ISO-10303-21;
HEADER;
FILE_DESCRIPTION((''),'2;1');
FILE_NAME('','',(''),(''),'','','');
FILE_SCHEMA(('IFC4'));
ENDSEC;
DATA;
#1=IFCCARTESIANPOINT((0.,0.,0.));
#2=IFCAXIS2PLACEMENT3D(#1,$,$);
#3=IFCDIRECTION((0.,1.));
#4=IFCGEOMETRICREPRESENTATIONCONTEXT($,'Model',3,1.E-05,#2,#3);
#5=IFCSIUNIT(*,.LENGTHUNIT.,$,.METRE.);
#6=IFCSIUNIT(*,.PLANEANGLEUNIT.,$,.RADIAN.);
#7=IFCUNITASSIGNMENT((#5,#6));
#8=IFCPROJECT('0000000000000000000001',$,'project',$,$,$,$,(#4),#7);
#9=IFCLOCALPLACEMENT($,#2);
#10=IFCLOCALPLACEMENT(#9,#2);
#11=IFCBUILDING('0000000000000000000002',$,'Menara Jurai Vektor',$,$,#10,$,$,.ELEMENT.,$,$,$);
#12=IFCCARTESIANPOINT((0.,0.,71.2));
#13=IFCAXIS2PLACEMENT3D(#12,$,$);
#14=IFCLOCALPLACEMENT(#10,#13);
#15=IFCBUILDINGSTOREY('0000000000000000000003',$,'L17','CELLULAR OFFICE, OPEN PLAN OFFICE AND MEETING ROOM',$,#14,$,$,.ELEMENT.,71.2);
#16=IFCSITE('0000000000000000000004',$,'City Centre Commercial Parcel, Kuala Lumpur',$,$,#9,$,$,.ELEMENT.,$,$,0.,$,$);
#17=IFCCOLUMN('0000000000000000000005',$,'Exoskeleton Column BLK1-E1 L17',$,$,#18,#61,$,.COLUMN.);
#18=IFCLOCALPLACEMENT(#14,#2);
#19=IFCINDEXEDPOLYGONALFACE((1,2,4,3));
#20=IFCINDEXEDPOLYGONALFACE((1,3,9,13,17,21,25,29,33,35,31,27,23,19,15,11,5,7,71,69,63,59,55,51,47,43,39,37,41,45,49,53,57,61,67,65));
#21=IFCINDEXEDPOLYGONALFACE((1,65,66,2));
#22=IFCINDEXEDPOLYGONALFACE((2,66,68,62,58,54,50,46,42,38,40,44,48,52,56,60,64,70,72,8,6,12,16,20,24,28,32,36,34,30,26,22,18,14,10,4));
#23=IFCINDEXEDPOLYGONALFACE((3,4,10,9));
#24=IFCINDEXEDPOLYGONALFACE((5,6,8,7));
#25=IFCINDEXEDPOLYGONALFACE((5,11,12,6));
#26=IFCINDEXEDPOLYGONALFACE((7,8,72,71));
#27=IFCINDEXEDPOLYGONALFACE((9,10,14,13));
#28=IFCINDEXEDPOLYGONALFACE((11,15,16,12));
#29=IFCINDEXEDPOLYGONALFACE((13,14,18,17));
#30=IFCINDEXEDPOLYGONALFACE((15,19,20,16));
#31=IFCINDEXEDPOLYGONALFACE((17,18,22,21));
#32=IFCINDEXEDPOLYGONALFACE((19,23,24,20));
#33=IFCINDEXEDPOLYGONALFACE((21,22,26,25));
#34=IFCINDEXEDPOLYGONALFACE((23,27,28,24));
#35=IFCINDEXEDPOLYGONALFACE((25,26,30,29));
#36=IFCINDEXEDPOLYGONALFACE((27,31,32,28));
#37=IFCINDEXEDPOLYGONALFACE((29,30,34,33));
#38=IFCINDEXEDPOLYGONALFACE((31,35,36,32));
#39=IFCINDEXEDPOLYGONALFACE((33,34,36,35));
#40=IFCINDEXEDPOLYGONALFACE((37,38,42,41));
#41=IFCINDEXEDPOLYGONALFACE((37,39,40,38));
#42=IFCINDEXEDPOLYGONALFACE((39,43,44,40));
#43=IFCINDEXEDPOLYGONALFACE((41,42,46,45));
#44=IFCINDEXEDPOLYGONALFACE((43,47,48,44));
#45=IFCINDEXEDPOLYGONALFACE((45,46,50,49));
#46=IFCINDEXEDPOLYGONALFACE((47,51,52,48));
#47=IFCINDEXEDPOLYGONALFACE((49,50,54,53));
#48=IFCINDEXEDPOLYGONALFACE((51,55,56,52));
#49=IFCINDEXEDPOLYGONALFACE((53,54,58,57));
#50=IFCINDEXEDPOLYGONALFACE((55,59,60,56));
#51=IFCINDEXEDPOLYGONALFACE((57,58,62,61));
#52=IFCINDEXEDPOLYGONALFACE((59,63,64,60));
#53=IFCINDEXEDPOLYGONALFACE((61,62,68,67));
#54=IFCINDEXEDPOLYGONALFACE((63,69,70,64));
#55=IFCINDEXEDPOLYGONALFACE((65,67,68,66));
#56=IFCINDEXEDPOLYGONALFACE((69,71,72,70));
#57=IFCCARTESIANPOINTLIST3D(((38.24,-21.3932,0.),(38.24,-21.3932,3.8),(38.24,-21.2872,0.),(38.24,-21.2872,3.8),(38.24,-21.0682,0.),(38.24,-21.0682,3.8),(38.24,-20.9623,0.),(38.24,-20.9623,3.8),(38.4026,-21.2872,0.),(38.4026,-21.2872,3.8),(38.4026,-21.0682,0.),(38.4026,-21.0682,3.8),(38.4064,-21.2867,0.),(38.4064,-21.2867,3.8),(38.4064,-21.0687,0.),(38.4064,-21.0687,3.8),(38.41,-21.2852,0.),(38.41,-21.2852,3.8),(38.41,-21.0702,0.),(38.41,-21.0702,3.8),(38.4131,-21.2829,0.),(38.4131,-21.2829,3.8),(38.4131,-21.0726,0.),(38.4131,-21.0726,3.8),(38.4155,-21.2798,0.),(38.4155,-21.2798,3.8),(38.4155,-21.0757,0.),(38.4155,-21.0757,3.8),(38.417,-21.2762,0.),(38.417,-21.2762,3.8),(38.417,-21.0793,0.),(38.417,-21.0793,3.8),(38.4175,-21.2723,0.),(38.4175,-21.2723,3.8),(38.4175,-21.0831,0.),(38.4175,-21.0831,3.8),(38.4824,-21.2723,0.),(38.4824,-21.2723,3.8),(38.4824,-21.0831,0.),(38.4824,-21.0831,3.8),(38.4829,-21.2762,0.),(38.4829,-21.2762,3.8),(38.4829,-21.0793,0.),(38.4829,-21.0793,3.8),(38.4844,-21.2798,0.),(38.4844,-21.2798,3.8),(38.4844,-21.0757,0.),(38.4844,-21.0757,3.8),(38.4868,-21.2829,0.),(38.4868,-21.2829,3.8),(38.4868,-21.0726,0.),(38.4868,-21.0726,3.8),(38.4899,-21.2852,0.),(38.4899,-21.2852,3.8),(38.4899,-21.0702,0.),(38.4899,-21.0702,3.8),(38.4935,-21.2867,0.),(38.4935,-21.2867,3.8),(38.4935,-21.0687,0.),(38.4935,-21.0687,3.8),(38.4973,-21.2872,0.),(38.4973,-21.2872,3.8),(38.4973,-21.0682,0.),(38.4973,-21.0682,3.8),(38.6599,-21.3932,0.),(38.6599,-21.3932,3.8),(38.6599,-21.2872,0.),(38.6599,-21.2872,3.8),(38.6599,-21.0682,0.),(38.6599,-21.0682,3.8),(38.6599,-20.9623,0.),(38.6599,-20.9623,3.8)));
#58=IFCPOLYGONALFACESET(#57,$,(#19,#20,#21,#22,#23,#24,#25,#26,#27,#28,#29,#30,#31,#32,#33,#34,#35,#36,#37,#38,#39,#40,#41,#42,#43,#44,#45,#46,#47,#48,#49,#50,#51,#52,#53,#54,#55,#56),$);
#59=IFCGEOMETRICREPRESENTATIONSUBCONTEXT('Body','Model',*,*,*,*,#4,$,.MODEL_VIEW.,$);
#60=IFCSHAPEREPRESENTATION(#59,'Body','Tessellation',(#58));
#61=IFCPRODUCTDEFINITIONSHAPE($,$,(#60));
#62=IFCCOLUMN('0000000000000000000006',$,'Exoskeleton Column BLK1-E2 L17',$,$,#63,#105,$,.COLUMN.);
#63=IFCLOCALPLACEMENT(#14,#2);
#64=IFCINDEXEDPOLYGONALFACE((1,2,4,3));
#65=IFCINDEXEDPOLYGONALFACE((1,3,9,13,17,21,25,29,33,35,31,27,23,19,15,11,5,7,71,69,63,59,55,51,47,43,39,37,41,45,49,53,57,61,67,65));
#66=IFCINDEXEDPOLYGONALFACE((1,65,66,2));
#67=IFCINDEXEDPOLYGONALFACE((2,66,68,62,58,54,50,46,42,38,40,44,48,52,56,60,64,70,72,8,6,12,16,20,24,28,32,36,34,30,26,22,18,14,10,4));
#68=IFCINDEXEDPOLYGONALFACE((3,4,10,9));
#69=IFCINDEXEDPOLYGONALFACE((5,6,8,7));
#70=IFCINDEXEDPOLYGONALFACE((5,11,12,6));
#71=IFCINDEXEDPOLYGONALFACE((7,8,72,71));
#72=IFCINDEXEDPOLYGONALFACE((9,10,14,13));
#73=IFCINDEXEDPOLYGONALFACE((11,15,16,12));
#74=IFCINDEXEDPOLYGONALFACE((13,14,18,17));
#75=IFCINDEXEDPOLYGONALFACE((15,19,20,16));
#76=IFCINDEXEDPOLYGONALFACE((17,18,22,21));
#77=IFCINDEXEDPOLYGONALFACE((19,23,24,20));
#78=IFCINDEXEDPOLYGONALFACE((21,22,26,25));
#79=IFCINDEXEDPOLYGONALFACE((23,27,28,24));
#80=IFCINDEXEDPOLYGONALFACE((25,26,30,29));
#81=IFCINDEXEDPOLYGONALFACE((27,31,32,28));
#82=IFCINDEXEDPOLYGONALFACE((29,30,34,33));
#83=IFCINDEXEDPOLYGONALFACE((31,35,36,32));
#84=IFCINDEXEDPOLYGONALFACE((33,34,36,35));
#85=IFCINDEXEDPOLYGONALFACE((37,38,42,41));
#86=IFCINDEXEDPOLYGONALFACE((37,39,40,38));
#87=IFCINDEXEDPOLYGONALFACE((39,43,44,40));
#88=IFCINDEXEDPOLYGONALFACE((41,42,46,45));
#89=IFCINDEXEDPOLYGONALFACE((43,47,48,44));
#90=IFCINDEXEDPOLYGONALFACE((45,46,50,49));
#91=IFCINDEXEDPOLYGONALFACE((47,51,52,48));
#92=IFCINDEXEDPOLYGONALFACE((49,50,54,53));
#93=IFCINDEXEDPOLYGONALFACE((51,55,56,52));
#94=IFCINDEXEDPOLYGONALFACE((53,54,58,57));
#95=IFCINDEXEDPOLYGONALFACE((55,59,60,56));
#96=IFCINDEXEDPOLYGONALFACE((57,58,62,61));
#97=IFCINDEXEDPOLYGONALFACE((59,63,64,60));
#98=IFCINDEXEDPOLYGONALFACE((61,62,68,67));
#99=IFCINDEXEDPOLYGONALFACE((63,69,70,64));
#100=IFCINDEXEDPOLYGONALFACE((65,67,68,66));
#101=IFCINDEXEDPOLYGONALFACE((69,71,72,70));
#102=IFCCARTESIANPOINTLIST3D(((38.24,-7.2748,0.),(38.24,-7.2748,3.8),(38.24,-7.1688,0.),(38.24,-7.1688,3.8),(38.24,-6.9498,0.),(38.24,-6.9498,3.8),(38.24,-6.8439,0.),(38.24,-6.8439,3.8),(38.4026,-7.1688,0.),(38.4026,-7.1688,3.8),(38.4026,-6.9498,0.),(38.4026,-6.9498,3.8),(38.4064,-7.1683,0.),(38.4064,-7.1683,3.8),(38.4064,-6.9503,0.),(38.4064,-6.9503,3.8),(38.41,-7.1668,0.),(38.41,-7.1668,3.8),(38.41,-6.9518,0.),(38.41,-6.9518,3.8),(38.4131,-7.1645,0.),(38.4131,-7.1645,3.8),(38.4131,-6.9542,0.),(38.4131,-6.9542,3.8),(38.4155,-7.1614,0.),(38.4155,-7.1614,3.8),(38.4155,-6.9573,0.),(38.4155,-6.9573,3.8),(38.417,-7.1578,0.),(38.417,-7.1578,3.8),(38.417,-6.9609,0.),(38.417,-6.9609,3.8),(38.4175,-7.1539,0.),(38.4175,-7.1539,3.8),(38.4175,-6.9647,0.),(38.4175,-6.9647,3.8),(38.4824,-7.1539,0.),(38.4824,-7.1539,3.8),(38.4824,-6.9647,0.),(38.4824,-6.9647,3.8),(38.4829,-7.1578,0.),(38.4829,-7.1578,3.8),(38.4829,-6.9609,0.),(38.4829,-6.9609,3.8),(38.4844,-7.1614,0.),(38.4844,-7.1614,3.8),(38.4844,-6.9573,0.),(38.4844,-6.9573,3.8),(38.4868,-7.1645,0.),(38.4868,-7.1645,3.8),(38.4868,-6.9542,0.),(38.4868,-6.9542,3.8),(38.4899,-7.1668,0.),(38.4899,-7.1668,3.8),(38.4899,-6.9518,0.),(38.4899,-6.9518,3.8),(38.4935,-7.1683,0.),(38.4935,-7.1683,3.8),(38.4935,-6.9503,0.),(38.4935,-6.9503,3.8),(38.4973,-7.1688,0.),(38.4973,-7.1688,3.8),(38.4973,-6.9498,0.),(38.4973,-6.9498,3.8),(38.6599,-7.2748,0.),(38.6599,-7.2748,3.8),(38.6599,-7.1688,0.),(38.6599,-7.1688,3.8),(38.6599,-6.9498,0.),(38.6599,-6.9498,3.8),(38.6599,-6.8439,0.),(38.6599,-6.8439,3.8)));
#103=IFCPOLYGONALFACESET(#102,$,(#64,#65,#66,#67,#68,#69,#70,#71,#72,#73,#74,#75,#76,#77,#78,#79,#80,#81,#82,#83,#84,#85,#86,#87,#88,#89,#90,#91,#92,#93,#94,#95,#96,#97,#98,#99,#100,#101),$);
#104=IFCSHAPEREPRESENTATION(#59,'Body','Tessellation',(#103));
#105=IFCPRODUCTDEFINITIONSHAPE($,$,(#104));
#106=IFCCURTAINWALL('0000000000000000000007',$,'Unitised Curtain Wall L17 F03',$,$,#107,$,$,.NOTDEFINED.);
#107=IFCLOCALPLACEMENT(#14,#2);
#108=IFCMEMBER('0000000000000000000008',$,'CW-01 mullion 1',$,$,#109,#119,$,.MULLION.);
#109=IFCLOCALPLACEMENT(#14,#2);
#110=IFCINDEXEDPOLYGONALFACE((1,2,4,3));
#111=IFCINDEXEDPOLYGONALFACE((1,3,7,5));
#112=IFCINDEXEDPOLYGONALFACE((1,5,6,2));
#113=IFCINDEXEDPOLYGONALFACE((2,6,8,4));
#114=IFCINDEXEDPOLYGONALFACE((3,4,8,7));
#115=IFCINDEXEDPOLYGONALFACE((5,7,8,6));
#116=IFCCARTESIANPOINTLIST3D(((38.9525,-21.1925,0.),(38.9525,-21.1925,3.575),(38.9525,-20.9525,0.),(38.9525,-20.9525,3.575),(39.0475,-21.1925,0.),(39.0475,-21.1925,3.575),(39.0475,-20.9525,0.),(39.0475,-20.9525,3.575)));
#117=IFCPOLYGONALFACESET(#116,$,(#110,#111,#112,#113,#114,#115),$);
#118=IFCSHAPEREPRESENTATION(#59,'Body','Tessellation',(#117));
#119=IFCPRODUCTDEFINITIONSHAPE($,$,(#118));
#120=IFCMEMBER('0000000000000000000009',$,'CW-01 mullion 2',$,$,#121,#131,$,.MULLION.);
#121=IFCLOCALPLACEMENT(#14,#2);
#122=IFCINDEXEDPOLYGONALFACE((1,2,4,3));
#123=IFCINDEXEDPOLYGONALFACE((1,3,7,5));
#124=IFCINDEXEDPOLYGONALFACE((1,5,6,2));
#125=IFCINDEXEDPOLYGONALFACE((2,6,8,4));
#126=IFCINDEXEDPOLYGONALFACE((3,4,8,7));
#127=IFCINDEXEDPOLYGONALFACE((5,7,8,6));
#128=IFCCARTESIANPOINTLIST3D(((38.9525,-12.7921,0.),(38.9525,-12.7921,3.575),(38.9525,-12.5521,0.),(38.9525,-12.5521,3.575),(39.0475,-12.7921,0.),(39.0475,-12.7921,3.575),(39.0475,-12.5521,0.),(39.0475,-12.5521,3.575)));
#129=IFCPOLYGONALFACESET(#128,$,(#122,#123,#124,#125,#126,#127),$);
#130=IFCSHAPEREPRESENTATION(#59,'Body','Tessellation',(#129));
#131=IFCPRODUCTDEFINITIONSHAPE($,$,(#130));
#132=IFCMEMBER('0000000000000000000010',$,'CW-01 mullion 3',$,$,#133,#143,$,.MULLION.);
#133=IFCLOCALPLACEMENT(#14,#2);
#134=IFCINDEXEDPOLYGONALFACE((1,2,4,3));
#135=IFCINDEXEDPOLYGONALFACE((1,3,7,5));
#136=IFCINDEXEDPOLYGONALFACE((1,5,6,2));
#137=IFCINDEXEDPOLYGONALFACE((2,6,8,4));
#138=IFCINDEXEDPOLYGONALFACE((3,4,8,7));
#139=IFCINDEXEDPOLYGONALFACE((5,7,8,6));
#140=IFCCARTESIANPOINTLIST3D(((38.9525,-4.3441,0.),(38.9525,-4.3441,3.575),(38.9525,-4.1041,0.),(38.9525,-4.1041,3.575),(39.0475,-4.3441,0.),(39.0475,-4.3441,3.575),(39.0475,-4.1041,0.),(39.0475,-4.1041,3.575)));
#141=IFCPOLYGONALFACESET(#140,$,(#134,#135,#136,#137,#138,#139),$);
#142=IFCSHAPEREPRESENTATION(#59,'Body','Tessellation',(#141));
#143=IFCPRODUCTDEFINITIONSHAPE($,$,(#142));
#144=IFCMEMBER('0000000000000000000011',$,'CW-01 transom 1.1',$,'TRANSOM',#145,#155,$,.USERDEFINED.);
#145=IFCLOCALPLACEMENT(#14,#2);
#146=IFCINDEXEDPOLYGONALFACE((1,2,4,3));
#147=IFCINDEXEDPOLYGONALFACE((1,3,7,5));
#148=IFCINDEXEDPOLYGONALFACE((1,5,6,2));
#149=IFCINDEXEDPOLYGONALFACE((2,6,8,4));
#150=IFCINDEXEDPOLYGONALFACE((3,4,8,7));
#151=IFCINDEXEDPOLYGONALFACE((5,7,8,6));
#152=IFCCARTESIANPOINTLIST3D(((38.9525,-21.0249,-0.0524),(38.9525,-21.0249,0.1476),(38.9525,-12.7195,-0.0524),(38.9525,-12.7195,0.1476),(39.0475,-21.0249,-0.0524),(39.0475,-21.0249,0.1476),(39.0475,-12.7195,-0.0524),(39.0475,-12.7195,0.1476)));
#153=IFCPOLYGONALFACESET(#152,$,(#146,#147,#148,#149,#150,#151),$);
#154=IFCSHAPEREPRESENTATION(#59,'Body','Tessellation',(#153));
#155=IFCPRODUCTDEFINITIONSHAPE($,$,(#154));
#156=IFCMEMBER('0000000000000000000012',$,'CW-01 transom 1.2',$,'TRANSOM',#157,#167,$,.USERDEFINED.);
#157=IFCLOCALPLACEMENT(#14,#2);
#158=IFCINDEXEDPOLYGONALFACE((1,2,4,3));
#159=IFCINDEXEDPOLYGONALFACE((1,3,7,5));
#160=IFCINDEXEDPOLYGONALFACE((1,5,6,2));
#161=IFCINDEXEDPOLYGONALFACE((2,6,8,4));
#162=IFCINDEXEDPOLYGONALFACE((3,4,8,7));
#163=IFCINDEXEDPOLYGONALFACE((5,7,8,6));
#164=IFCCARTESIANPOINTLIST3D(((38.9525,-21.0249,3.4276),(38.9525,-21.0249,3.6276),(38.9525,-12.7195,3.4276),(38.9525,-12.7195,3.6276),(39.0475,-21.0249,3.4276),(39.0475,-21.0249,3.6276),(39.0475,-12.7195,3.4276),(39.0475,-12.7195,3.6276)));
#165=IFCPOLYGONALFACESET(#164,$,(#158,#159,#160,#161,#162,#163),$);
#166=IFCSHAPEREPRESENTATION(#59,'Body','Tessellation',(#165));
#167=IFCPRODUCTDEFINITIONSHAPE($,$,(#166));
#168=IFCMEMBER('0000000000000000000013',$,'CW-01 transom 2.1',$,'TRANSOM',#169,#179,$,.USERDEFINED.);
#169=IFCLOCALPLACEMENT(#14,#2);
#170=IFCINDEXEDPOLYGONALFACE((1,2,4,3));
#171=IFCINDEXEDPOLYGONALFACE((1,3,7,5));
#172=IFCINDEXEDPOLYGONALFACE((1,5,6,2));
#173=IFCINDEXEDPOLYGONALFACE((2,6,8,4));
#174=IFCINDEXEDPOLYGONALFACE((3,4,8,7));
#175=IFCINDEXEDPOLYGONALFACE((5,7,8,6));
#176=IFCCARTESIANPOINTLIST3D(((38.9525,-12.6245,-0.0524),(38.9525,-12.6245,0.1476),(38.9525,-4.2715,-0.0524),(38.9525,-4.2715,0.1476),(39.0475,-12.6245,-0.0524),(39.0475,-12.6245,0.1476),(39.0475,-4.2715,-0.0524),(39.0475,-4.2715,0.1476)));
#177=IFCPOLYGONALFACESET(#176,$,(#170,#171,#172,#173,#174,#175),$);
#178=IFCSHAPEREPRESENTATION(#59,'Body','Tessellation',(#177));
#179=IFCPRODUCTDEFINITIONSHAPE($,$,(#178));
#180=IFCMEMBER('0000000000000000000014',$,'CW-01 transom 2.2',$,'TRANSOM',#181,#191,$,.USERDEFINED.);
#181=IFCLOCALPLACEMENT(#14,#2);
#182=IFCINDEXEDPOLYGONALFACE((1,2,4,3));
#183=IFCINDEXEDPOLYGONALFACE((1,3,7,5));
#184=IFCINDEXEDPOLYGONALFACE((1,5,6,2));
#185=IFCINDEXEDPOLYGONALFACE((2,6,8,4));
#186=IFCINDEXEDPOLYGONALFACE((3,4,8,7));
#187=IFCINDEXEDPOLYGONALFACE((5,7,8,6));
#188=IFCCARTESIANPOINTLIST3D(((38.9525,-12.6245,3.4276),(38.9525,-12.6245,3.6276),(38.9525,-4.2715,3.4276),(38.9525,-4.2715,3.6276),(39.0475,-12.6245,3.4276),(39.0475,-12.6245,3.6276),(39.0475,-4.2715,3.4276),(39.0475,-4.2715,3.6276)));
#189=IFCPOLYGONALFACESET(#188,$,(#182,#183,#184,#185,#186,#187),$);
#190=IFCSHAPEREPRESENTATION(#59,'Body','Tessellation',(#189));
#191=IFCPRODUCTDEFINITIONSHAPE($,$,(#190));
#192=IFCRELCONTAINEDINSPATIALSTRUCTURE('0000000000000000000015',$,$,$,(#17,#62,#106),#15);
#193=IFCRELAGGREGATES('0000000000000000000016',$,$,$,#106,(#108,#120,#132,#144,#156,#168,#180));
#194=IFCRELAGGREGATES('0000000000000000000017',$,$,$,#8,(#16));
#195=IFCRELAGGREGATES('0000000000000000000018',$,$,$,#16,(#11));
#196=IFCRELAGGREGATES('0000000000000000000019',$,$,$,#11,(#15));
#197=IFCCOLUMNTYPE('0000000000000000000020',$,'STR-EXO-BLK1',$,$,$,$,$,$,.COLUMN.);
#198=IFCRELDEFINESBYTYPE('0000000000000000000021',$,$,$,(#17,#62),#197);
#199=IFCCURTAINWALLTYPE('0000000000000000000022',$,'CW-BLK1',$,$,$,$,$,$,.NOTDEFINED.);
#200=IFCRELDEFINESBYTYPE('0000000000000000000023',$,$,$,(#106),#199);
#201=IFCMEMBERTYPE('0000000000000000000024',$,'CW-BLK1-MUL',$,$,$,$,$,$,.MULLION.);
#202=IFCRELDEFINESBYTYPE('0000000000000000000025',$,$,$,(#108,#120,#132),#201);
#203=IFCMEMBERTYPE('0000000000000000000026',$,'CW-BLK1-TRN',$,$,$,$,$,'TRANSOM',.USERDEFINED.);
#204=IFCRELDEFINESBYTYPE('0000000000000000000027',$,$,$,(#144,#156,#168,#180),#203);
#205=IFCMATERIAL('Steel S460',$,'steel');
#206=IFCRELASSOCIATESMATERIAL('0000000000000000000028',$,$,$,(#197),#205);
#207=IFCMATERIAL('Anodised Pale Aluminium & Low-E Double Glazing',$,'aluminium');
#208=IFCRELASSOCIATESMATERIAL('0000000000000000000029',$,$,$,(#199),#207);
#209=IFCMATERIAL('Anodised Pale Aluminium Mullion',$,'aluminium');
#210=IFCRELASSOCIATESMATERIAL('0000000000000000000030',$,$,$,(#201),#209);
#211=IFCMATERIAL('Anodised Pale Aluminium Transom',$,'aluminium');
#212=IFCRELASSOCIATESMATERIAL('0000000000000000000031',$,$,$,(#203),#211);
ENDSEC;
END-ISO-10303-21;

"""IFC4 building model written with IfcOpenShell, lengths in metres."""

from ifc_helpers import new_model, si_unit, direction, frame, origin, origin_2d, place, context, subcontext, project, spatial, rectangle, i_section, extrude, material, material_profile, profile_set, type_object, element, aggregate, save


model = new_model("IFC4")

# Units and contexts
model_context = context("Model", 3, precision=1e-05, world=origin(), true_north=direction((0.0, 1.0)))
body_context = subcontext(model_context, "Body", "Model", "MODEL_VIEW")
ifc_project = project(units=[si_unit("LENGTHUNIT", "METRE"), si_unit("PLANEANGLEUNIT", "RADIAN")], contexts=[model_context])

# Site, building, storey
site_placement = place(None, origin())
site = spatial("IfcSite", under=ifc_project, at=site_placement, Name="City Centre Commercial Parcel, Kuala Lumpur", CompositionType="ELEMENT", RefElevation=0.0)
building_placement = place(site_placement, origin())
building = spatial("IfcBuilding", under=site, at=building_placement, Name="Menara Jurai Vektor", CompositionType="ELEMENT")
storey_placement = place(building_placement, frame((0.0, 0.0, 71.2)))
storey = spatial("IfcBuildingStorey", under=building, at=storey_placement, Name="L17", Description="CELLULAR OFFICE, OPEN PLAN OFFICE AND MEETING ROOM", CompositionType="ELEMENT", Elevation=71.2)

# Columns
ifc_material_1 = material(Name="Steel S460", Category="steel")
ifc_material_profile_1 = material_profile(ifc_material_1, i_section(OverallWidth=0.4199, OverallDepth=0.4309, WebThickness=0.0649, FlangeThickness=0.106, FilletRadius=0.0149, at=origin_2d()), Name="HD 400x900")
ifc_profile_set_1 = profile_set([ifc_material_profile_1], Name="Steel S460")
column_type = type_object("IfcColumnType", Name="STR-EXO-BLK1", PredefinedType="COLUMN", material=ifc_profile_set_1)
for number, where, z_axis, x_axis, name in (
    (1, (38.45, -21.1777, 0.0), (0.0, 0.0, 1.0), (1.0, 0.0, 0.0), "Exoskeleton Column BLK1-E1 L17"),
    (2, (38.45, -7.0593, 0.0), (0.0, 0.0, 1.0), (1.0, 0.0, 0.0), "Exoskeleton Column BLK1-E2 L17"),
):
    element("IfcColumn", number, at=place(storey_placement, frame(where, z_axis=z_axis, x_axis=x_axis)), inside=storey, type_object=column_type, Name=name, PredefinedType="COLUMN", context=body_context, shape_type="SweptSolid", body=[
        extrude(i_section(OverallWidth=0.4199, OverallDepth=0.4309, WebThickness=0.0649, FlangeThickness=0.106, FilletRadius=0.0149, at=origin_2d()), origin(), (0.0, 0.0, 1.0), 3.8),
    ])

# Curtain wall, members
ifc_material_2 = material(Name="Anodised Pale Aluminium & Low-E Double Glazing", Category="aluminium")
curtain_wall_type = type_object("IfcCurtainWallType", Name="CW-BLK1", PredefinedType="NOTDEFINED", material=ifc_material_2)
curtain_wall_placement = place(storey_placement, origin())
curtain_wall = element("IfcCurtainWall", 3, at=curtain_wall_placement, inside=storey, type_object=curtain_wall_type, Name="Unitised Curtain Wall L17 F03", PredefinedType="NOTDEFINED")
ifc_material_3 = material(Name="Anodised Pale Aluminium Mullion", Category="aluminium")
ifc_material_profile_2 = material_profile(ifc_material_3, rectangle(XDim=0.095, YDim=0.24, at=origin_2d()), Name="ALU MUL 95x240")
ifc_profile_set_2 = profile_set([ifc_material_profile_2], Name="Anodised Pale Aluminium Mullion")
member_type_1 = type_object("IfcMemberType", Name="CW-BLK1-MUL", PredefinedType="MULLION", material=ifc_profile_set_2)
member_1_placement = place(storey_placement, frame((39.0, -21.0725, 0.0), z_axis=(0.0, 0.0, 1.0), x_axis=(-1.0, 0.0, 0.0)))
member_1 = element("IfcMember", 4, at=member_1_placement, type_object=member_type_1, Name="CW-01 mullion 1", PredefinedType="MULLION", context=body_context, shape_type="SweptSolid", body=[
    extrude(rectangle(XDim=0.095, YDim=0.24, at=origin_2d()), origin(), (0.0, 0.0, 1.0), 3.575),
])
member_2_placement = place(storey_placement, frame((39.0, -12.6721, 0.0), z_axis=(0.0, 0.0, 1.0), x_axis=(-1.0, 0.0, 0.0)))
member_2 = element("IfcMember", 5, at=member_2_placement, type_object=member_type_1, Name="CW-01 mullion 2", PredefinedType="MULLION", context=body_context, shape_type="SweptSolid", body=[
    extrude(rectangle(XDim=0.095, YDim=0.24, at=origin_2d()), origin(), (0.0, 0.0, 1.0), 3.575),
])
member_3_placement = place(storey_placement, frame((39.0, -4.2241, 0.0), z_axis=(0.0, 0.0, 1.0), x_axis=(-1.0, 0.0, 0.0)))
member_3 = element("IfcMember", 6, at=member_3_placement, type_object=member_type_1, Name="CW-01 mullion 3", PredefinedType="MULLION", context=body_context, shape_type="SweptSolid", body=[
    extrude(rectangle(XDim=0.095, YDim=0.24, at=origin_2d()), origin(), (0.0, 0.0, 1.0), 3.575),
])
ifc_material_4 = material(Name="Anodised Pale Aluminium Transom", Category="aluminium")
ifc_material_profile_3 = material_profile(ifc_material_4, rectangle(XDim=0.095, YDim=0.2, at=origin_2d()), Name="ALU TRN 95x200")
ifc_profile_set_3 = profile_set([ifc_material_profile_3], Name="Anodised Pale Aluminium Transom")
member_type_2 = type_object("IfcMemberType", Name="CW-BLK1-TRN", ElementType="TRANSOM", PredefinedType="USERDEFINED", material=ifc_profile_set_3)
member_4_placement = place(storey_placement, frame((39.0, -21.0249, 0.0476), z_axis=(0.0, 1.0, 0.0), x_axis=(-1.0, 0.0, 0.0)))
member_4 = element("IfcMember", 7, at=member_4_placement, type_object=member_type_2, Name="CW-01 transom 1.1", ObjectType="TRANSOM", PredefinedType="USERDEFINED", context=body_context, shape_type="SweptSolid", body=[
    extrude(rectangle(XDim=0.095, YDim=0.2, at=origin_2d()), origin(), (0.0, 0.0, 1.0), 8.3054),
])
member_5_placement = place(storey_placement, frame((39.0, -21.0249, 3.5276), z_axis=(0.0, 1.0, 0.0), x_axis=(-1.0, 0.0, 0.0)))
member_5 = element("IfcMember", 8, at=member_5_placement, type_object=member_type_2, Name="CW-01 transom 1.2", ObjectType="TRANSOM", PredefinedType="USERDEFINED", context=body_context, shape_type="SweptSolid", body=[
    extrude(rectangle(XDim=0.095, YDim=0.2, at=origin_2d()), origin(), (0.0, 0.0, 1.0), 8.3054),
])
member_6_placement = place(storey_placement, frame((39.0, -12.6245, 0.0476), z_axis=(0.0, 1.0, 0.0), x_axis=(-1.0, 0.0, 0.0)))
member_6 = element("IfcMember", 9, at=member_6_placement, type_object=member_type_2, Name="CW-01 transom 2.1", ObjectType="TRANSOM", PredefinedType="USERDEFINED", context=body_context, shape_type="SweptSolid", body=[
    extrude(rectangle(XDim=0.095, YDim=0.2, at=origin_2d()), origin(), (0.0, 0.0, 1.0), 8.353),
])
member_7_placement = place(storey_placement, frame((39.0, -12.6245, 3.5276), z_axis=(0.0, 1.0, 0.0), x_axis=(-1.0, 0.0, 0.0)))
member_7 = element("IfcMember", 10, at=member_7_placement, type_object=member_type_2, Name="CW-01 transom 2.2", ObjectType="TRANSOM", PredefinedType="USERDEFINED", context=body_context, shape_type="SweptSolid", body=[
    extrude(rectangle(XDim=0.095, YDim=0.2, at=origin_2d()), origin(), (0.0, 0.0, 1.0), 8.353),
])

aggregate(curtain_wall, [member_1, member_2, member_3, member_4, member_5, member_6, member_7])

save(model, "model.ifc")
